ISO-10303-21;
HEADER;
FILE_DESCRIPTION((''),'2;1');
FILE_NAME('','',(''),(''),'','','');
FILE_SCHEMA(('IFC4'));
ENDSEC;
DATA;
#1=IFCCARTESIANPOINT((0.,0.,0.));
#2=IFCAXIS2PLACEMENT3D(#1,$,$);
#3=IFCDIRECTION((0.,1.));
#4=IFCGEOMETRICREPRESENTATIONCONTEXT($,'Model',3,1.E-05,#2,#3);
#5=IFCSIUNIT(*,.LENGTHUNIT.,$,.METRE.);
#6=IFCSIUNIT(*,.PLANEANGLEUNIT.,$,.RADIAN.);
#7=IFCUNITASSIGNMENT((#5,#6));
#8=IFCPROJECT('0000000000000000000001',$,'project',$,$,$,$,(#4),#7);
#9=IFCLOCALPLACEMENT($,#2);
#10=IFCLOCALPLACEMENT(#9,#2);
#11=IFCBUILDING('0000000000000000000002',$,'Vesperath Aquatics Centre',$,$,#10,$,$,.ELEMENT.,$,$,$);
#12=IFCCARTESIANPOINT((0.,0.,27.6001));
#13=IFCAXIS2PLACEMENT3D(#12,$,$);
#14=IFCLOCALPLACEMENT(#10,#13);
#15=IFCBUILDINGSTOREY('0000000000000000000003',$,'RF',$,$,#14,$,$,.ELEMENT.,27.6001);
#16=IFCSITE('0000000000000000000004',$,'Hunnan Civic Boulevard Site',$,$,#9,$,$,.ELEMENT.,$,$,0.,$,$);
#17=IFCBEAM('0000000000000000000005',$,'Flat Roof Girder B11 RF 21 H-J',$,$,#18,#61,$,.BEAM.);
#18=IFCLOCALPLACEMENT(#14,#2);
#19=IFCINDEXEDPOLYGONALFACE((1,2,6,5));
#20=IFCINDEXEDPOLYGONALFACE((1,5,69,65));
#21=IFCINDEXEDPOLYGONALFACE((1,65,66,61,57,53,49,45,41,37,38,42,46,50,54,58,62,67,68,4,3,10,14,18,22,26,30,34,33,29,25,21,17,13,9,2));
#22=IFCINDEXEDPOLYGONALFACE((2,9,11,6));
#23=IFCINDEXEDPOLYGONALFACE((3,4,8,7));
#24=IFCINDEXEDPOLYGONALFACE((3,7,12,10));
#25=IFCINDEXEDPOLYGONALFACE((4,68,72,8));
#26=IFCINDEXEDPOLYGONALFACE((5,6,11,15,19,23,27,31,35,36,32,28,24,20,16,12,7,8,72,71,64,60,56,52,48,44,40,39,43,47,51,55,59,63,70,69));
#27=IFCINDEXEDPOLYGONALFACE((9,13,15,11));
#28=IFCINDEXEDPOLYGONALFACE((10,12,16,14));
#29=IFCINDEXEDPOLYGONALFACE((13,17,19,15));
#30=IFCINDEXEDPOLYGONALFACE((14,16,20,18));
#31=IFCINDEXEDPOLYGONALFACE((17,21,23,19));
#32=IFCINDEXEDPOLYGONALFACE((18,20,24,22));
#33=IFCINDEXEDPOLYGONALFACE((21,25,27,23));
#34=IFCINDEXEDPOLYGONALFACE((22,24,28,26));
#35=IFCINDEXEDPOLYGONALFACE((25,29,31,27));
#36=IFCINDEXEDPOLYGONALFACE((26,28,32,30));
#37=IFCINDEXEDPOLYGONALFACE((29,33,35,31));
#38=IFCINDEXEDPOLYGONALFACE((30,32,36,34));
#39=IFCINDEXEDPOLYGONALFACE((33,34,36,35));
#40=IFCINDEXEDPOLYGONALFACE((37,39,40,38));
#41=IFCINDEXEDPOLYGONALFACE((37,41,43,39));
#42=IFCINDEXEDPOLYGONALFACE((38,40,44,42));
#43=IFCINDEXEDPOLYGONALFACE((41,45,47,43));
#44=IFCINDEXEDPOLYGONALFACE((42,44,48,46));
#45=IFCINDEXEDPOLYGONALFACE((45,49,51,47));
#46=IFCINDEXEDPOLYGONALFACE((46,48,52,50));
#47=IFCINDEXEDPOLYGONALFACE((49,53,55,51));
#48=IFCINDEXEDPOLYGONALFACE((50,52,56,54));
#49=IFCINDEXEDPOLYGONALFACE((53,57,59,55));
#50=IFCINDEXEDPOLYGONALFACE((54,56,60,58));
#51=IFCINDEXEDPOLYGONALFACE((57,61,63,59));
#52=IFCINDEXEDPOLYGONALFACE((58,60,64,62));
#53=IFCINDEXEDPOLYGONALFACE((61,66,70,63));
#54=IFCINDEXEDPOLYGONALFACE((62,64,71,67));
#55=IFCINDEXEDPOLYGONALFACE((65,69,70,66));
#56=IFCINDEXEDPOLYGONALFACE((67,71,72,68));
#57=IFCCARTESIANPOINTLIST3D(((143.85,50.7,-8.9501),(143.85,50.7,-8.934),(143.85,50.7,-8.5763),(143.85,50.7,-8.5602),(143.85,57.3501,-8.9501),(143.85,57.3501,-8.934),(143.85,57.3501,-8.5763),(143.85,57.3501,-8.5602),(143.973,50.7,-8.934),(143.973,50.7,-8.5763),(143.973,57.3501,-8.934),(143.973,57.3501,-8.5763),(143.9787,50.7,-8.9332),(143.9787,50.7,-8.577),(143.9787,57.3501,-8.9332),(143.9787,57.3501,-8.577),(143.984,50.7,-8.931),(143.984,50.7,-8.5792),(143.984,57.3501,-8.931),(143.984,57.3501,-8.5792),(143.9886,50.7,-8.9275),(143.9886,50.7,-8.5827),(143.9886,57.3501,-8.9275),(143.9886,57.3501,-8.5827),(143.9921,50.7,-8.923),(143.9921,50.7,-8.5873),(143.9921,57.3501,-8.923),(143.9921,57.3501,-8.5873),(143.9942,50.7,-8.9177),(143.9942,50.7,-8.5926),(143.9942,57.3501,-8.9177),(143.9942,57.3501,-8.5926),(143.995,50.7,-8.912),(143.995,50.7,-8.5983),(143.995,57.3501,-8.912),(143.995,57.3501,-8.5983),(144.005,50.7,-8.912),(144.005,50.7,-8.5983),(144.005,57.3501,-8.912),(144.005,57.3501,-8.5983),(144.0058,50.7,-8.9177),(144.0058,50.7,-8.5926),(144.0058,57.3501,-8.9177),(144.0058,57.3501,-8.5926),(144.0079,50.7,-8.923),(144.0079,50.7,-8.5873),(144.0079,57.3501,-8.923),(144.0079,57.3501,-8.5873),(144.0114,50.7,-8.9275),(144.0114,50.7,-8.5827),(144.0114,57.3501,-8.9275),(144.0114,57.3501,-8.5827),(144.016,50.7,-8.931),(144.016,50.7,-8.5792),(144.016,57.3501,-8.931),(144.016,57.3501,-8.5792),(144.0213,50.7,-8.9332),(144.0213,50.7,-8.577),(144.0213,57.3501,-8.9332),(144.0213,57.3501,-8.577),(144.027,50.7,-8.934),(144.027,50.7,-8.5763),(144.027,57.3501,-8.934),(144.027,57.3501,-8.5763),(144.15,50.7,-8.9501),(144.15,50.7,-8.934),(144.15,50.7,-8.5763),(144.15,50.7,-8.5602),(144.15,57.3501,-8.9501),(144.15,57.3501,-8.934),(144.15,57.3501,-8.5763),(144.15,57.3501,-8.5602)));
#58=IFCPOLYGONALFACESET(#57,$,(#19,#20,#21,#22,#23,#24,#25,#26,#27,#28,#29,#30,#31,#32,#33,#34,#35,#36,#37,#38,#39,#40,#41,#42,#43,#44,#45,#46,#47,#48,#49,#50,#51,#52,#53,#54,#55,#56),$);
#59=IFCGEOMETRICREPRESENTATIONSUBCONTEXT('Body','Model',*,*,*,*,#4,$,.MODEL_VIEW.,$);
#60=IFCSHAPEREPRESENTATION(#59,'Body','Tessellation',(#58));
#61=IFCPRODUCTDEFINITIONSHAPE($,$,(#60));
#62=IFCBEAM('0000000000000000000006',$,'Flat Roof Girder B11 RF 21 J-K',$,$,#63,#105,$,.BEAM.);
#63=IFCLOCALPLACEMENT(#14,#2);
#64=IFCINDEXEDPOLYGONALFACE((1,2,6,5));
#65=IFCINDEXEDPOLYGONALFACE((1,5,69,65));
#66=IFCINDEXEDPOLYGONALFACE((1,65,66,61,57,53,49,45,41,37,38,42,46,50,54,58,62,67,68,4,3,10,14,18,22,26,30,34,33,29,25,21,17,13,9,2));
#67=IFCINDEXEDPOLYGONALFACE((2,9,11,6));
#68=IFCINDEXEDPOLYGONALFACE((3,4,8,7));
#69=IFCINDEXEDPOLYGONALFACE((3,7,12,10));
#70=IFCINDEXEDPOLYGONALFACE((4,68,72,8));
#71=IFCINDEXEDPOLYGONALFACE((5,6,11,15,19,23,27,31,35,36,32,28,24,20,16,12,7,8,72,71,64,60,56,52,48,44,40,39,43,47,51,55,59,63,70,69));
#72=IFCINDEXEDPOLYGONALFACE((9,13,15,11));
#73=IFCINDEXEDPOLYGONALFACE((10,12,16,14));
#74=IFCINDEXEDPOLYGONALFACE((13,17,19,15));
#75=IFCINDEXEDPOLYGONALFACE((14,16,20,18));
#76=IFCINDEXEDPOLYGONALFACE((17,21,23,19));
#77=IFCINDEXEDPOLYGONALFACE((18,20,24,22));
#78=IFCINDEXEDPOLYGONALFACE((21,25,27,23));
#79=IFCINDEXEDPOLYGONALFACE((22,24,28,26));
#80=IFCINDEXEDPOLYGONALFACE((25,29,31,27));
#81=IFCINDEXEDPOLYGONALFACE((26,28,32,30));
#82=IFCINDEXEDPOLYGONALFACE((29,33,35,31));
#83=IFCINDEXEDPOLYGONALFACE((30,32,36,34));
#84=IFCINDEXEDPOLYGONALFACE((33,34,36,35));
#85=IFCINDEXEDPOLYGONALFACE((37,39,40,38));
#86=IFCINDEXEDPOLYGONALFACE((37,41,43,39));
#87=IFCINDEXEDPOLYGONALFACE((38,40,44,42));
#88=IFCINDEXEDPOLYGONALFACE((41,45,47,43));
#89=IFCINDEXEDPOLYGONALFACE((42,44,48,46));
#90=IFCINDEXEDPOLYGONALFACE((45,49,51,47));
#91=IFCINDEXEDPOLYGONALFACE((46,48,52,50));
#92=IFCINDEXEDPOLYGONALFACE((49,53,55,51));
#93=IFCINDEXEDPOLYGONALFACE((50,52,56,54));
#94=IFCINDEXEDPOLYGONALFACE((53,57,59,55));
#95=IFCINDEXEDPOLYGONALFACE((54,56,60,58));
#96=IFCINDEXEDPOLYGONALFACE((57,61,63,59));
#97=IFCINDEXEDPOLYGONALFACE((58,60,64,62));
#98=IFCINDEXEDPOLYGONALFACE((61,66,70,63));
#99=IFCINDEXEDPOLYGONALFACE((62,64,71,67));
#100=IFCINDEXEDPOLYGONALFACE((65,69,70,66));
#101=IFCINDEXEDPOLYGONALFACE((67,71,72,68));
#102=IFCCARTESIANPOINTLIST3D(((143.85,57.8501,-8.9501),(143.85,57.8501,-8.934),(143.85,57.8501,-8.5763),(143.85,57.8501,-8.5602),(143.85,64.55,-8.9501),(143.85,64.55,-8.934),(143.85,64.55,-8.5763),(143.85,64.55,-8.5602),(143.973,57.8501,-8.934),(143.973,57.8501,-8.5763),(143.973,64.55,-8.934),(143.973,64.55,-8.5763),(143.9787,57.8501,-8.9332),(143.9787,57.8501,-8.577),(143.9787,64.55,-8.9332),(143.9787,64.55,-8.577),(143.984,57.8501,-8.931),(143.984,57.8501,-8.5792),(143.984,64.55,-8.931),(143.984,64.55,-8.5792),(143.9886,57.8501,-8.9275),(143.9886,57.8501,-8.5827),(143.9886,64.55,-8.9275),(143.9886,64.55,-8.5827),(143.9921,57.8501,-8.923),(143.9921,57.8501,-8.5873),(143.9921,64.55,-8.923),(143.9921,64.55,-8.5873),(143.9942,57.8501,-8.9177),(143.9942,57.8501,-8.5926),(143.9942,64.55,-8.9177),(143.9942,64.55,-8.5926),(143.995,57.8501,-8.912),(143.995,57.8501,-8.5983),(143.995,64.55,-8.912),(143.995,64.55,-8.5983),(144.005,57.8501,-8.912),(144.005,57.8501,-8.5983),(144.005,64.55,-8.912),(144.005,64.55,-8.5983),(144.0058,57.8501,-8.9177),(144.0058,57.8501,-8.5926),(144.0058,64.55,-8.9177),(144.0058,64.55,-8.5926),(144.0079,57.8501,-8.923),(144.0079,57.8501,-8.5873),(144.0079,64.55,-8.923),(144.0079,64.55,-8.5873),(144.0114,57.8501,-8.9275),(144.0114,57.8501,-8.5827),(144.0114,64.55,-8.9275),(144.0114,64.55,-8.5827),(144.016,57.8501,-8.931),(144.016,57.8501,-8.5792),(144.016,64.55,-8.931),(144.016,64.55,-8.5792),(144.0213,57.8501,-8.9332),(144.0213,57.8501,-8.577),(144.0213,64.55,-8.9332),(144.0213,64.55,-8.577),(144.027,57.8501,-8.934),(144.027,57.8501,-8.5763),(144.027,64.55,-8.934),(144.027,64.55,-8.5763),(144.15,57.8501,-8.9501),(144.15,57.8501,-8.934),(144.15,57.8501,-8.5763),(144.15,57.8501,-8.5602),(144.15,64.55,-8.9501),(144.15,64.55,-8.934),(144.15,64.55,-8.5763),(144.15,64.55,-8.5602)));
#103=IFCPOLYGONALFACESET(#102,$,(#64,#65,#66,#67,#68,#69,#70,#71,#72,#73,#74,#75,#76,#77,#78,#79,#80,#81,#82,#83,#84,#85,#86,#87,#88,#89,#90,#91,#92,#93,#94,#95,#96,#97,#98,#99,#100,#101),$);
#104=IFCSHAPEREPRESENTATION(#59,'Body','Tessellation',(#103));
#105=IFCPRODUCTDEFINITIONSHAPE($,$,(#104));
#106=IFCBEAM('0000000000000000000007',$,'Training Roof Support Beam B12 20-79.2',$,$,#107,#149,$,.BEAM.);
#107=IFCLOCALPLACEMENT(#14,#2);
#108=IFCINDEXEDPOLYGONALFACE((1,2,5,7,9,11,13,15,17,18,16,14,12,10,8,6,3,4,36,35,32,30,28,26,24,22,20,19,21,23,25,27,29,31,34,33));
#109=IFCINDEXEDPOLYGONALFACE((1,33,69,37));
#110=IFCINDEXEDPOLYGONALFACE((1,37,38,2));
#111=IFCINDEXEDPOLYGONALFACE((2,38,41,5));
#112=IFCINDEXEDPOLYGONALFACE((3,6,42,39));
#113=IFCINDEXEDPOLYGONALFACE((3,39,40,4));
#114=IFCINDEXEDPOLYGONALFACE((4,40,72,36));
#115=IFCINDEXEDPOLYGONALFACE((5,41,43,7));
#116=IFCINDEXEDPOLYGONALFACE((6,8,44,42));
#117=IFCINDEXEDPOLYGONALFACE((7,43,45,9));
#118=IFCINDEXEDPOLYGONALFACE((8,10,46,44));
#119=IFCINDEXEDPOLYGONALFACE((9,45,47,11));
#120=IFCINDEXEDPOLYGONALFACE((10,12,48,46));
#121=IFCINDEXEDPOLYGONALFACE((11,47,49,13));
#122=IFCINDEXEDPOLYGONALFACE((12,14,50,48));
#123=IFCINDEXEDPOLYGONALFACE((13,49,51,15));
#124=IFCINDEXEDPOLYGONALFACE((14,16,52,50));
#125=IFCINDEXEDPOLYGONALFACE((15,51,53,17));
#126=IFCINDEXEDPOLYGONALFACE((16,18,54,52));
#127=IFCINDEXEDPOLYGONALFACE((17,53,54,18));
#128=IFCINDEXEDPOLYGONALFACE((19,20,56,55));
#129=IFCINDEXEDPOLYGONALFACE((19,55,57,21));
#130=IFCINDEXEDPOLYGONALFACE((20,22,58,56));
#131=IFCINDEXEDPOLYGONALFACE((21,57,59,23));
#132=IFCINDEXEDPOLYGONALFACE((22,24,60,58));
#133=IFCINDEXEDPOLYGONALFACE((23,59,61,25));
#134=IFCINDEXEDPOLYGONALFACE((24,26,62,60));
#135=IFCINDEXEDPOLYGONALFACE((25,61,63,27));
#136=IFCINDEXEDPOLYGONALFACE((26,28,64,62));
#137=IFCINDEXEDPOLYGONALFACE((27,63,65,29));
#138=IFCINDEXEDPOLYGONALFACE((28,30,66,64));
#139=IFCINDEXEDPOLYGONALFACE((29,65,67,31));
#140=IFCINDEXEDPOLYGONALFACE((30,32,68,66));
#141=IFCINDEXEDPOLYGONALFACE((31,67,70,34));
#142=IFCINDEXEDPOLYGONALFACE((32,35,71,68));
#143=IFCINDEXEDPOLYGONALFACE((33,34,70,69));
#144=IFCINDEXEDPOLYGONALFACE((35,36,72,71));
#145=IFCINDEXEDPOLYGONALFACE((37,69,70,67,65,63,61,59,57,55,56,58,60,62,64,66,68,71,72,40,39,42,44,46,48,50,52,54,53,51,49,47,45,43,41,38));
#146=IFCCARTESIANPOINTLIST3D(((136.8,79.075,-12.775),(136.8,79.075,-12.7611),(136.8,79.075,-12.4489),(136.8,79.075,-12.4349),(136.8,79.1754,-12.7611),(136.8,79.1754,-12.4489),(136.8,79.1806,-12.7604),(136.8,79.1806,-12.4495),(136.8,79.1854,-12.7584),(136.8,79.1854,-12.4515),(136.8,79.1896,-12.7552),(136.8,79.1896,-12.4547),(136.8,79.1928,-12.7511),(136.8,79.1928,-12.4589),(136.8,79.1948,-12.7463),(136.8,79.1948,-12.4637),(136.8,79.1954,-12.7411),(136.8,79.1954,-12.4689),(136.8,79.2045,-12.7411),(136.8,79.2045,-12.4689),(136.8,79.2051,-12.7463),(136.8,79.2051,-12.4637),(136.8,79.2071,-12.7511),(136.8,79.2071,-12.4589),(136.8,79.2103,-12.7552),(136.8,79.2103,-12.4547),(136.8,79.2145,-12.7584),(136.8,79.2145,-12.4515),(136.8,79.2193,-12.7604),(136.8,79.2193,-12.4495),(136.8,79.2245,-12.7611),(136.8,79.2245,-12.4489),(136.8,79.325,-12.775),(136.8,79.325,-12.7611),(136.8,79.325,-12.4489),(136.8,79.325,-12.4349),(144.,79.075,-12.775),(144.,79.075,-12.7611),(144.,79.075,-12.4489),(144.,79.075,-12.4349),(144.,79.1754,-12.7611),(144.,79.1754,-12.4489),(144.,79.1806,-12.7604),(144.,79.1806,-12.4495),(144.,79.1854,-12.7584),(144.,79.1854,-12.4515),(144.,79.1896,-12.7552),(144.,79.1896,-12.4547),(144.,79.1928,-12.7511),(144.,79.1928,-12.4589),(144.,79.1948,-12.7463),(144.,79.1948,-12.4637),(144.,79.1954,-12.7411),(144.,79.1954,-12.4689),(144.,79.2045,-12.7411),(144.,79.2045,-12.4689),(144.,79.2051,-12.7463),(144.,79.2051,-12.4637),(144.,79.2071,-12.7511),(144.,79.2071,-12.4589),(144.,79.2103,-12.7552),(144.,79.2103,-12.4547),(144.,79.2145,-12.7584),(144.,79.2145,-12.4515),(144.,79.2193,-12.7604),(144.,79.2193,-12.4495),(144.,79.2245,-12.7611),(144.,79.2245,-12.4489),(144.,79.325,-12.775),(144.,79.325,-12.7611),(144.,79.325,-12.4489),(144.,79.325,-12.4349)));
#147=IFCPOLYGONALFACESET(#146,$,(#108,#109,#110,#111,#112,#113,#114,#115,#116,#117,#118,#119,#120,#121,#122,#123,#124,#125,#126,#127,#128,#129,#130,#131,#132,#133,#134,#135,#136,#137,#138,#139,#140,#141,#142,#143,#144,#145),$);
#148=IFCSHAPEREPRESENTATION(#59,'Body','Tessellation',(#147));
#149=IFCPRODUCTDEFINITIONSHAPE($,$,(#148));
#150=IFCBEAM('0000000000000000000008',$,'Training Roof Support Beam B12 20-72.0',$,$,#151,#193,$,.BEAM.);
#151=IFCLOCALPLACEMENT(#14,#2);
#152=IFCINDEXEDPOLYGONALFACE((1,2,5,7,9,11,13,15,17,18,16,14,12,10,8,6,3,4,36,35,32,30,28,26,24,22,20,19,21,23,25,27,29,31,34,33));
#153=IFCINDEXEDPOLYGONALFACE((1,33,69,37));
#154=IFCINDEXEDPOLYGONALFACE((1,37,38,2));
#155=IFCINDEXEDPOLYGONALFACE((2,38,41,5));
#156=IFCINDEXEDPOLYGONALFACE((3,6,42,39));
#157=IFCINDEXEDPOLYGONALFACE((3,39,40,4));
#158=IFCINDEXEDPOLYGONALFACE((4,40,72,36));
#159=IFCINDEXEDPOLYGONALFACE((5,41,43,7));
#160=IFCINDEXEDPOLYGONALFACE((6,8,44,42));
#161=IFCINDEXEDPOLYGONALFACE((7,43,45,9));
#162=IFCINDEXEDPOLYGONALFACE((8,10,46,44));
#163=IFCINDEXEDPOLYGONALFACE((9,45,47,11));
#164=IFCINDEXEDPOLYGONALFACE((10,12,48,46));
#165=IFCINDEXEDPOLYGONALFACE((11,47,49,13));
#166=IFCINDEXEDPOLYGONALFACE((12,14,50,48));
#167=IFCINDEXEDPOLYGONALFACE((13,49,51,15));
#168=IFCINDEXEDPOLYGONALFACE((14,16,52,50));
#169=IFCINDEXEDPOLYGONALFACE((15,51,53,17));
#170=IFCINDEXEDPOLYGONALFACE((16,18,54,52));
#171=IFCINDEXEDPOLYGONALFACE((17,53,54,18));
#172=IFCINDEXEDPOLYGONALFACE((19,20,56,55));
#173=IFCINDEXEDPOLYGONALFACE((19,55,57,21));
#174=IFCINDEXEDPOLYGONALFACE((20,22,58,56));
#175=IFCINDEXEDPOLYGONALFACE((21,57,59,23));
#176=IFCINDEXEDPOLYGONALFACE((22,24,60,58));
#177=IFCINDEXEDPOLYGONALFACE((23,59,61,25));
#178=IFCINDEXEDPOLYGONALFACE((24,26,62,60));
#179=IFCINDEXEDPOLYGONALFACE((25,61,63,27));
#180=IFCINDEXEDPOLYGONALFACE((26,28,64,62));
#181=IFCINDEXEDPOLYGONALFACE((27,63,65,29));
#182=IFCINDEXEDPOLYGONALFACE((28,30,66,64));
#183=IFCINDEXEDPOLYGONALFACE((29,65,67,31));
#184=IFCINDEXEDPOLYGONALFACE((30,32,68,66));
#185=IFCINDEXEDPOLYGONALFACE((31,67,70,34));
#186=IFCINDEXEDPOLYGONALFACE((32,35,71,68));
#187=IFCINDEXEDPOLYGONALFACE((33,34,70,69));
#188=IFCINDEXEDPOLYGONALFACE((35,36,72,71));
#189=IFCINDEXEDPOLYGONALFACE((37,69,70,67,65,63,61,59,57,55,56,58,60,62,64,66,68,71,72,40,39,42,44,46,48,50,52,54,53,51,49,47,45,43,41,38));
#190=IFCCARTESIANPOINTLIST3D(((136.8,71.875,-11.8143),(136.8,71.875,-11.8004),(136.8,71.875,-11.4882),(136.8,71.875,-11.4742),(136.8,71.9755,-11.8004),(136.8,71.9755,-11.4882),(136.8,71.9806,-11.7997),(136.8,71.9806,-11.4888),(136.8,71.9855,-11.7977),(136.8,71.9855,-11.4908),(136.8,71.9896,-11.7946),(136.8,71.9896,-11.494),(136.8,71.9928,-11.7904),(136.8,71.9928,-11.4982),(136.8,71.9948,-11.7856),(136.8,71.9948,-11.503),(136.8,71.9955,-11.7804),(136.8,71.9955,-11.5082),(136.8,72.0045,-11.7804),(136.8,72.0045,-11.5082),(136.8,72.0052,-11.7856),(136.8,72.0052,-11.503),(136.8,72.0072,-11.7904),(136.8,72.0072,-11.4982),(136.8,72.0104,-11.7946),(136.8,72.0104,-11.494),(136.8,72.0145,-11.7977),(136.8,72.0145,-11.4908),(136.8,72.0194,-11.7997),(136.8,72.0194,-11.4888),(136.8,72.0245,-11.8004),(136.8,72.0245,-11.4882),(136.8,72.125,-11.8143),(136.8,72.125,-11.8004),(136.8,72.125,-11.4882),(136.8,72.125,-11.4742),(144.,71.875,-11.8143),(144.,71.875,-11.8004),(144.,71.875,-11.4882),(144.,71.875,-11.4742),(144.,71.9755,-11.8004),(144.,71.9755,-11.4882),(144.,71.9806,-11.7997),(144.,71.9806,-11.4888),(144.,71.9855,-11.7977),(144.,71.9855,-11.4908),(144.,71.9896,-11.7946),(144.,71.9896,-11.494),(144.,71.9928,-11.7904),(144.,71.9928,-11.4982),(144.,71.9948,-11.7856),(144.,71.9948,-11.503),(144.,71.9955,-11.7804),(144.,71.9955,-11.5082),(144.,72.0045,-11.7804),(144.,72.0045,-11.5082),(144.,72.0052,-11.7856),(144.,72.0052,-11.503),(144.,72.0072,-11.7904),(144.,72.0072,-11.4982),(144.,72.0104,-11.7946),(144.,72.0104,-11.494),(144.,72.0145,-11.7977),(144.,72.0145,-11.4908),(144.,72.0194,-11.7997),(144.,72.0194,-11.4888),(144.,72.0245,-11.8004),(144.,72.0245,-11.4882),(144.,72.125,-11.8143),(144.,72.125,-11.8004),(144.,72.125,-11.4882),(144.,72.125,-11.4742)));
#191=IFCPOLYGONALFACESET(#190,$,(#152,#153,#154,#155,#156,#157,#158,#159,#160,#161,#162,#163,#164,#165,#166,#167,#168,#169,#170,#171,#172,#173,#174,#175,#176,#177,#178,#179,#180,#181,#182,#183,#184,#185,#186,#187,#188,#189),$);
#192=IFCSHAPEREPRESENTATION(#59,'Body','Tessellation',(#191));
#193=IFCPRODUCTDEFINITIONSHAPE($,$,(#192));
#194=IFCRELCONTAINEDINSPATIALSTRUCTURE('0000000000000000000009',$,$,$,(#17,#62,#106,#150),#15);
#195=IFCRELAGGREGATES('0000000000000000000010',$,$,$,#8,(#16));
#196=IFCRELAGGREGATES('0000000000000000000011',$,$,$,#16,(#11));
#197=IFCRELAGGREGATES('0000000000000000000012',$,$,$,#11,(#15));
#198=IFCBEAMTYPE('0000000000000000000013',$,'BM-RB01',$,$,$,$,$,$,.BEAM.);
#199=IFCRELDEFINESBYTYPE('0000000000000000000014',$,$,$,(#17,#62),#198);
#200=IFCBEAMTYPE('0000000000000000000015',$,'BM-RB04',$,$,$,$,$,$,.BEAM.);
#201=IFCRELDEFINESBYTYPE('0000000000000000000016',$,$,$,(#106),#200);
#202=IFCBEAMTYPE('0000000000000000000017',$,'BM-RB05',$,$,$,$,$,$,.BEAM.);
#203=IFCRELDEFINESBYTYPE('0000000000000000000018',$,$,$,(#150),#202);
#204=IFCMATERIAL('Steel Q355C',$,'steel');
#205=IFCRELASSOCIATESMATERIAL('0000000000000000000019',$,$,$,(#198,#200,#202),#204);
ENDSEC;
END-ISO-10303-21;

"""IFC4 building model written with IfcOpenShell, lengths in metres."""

from ifc_helpers import new_model, si_unit, direction, frame, origin, origin_2d, place, context, subcontext, project, spatial, i_section, extrude, material, material_profile, profile_set, type_object, element, save


model = new_model("IFC4")

# Units and contexts
model_context = context("Model", 3, precision=1e-05, world=origin(), true_north=direction((0.0, 1.0)))
body_context = subcontext(model_context, "Body", "Model", "MODEL_VIEW")
ifc_project = project(units=[si_unit("LENGTHUNIT", "METRE"), si_unit("PLANEANGLEUNIT", "RADIAN")], contexts=[model_context])

# Site, building, storey
site_placement = place(None, origin())
site = spatial("IfcSite", under=ifc_project, at=site_placement, Name="Hunnan Civic Boulevard Site", CompositionType="ELEMENT", RefElevation=0.0)
building_placement = place(site_placement, origin())
building = spatial("IfcBuilding", under=site, at=building_placement, Name="Vesperath Aquatics Centre", CompositionType="ELEMENT")
storey_placement = place(building_placement, frame((0.0, 0.0, 27.6001)))
storey = spatial("IfcBuildingStorey", under=building, at=storey_placement, Name="RF", CompositionType="ELEMENT", Elevation=27.6001)

# Beams
ifc_material_1 = material(Name="Steel Q355C", Category="steel")
ifc_material_profile_1 = material_profile(ifc_material_1, i_section(OverallWidth=0.3, OverallDepth=0.3899, WebThickness=0.01, FlangeThickness=0.0161, FilletRadius=0.022, at=origin_2d()), Name="HM 390x300x10x16")
ifc_profile_set_1 = profile_set([ifc_material_profile_1], Name="Steel Q355C")
beam_type_1 = type_object("IfcBeamType", Name="BM-RB01", PredefinedType="BEAM", material=ifc_profile_set_1)
beam_1_placement = place(storey_placement, frame((144.0, 50.7, -8.7551), z_axis=(0.0, 1.0, 0.0), x_axis=(-1.0, 0.0, 0.0)))
element("IfcBeam", 1, at=beam_1_placement, inside=storey, type_object=beam_type_1, Name="Flat Roof Girder B11 RF 21 H-J", PredefinedType="BEAM", context=body_context, shape_type="SweptSolid", body=[
    extrude(i_section(OverallWidth=0.3, OverallDepth=0.3899, WebThickness=0.01, FlangeThickness=0.0161, FilletRadius=0.022, at=origin_2d()), origin(), (0.0, 0.0, 1.0), 6.6501),
])
beam_2_placement = place(storey_placement, frame((144.0, 57.8501, -8.7551), z_axis=(0.0, 1.0, 0.0), x_axis=(-1.0, 0.0, 0.0)))
element("IfcBeam", 2, at=beam_2_placement, inside=storey, type_object=beam_type_1, Name="Flat Roof Girder B11 RF 21 J-K", PredefinedType="BEAM", context=body_context, shape_type="SweptSolid", body=[
    extrude(i_section(OverallWidth=0.3, OverallDepth=0.3899, WebThickness=0.01, FlangeThickness=0.0161, FilletRadius=0.022, at=origin_2d()), origin(), (0.0, 0.0, 1.0), 6.7),
])
ifc_material_profile_2 = material_profile(ifc_material_1, i_section(OverallWidth=0.25, OverallDepth=0.3401, WebThickness=0.009, FlangeThickness=0.0139, FilletRadius=0.02, at=origin_2d()), Name="HM 340x250x9x14")
ifc_profile_set_2 = profile_set([ifc_material_profile_2], Name="Steel Q355C")
beam_type_2 = type_object("IfcBeamType", Name="BM-RB04", PredefinedType="BEAM", material=ifc_profile_set_2)
beam_3_placement = place(storey_placement, frame((136.8, 79.2, -12.605), z_axis=(1.0, 0.0, 0.0), x_axis=(0.0, 1.0, 0.0)))
element("IfcBeam", 3, at=beam_3_placement, inside=storey, type_object=beam_type_2, Name="Training Roof Support Beam B12 20-79.2", PredefinedType="BEAM", context=body_context, shape_type="SweptSolid", body=[
    extrude(i_section(OverallWidth=0.25, OverallDepth=0.3401, WebThickness=0.009, FlangeThickness=0.0139, FilletRadius=0.02, at=origin_2d()), origin(), (0.0, 0.0, 1.0), 7.2),
])
ifc_material_profile_3 = material_profile(ifc_material_1, i_section(OverallWidth=0.25, OverallDepth=0.3401, WebThickness=0.009, FlangeThickness=0.0139, FilletRadius=0.02, at=origin_2d()), Name="HM 340x250x9x14")
ifc_profile_set_3 = profile_set([ifc_material_profile_3], Name="Steel Q355C")
beam_type_3 = type_object("IfcBeamType", Name="BM-RB05", PredefinedType="BEAM", material=ifc_profile_set_3)
for number, where, z_axis, x_axis, name in (
    (4, (136.8, 72.0, -11.6443), (1.0, 0.0, 0.0), (0.0, 1.0, 0.0), "Training Roof Support Beam B12 20-72.0"),
):
    element("IfcBeam", number, at=place(storey_placement, frame(where, z_axis=z_axis, x_axis=x_axis)), inside=storey, type_object=beam_type_3, Name=name, PredefinedType="BEAM", context=body_context, shape_type="SweptSolid", body=[
        extrude(i_section(OverallWidth=0.25, OverallDepth=0.3401, WebThickness=0.009, FlangeThickness=0.0139, FilletRadius=0.02, at=origin_2d()), origin(), (0.0, 0.0, 1.0), 7.2),
    ])

save(model, "model.ifc")
